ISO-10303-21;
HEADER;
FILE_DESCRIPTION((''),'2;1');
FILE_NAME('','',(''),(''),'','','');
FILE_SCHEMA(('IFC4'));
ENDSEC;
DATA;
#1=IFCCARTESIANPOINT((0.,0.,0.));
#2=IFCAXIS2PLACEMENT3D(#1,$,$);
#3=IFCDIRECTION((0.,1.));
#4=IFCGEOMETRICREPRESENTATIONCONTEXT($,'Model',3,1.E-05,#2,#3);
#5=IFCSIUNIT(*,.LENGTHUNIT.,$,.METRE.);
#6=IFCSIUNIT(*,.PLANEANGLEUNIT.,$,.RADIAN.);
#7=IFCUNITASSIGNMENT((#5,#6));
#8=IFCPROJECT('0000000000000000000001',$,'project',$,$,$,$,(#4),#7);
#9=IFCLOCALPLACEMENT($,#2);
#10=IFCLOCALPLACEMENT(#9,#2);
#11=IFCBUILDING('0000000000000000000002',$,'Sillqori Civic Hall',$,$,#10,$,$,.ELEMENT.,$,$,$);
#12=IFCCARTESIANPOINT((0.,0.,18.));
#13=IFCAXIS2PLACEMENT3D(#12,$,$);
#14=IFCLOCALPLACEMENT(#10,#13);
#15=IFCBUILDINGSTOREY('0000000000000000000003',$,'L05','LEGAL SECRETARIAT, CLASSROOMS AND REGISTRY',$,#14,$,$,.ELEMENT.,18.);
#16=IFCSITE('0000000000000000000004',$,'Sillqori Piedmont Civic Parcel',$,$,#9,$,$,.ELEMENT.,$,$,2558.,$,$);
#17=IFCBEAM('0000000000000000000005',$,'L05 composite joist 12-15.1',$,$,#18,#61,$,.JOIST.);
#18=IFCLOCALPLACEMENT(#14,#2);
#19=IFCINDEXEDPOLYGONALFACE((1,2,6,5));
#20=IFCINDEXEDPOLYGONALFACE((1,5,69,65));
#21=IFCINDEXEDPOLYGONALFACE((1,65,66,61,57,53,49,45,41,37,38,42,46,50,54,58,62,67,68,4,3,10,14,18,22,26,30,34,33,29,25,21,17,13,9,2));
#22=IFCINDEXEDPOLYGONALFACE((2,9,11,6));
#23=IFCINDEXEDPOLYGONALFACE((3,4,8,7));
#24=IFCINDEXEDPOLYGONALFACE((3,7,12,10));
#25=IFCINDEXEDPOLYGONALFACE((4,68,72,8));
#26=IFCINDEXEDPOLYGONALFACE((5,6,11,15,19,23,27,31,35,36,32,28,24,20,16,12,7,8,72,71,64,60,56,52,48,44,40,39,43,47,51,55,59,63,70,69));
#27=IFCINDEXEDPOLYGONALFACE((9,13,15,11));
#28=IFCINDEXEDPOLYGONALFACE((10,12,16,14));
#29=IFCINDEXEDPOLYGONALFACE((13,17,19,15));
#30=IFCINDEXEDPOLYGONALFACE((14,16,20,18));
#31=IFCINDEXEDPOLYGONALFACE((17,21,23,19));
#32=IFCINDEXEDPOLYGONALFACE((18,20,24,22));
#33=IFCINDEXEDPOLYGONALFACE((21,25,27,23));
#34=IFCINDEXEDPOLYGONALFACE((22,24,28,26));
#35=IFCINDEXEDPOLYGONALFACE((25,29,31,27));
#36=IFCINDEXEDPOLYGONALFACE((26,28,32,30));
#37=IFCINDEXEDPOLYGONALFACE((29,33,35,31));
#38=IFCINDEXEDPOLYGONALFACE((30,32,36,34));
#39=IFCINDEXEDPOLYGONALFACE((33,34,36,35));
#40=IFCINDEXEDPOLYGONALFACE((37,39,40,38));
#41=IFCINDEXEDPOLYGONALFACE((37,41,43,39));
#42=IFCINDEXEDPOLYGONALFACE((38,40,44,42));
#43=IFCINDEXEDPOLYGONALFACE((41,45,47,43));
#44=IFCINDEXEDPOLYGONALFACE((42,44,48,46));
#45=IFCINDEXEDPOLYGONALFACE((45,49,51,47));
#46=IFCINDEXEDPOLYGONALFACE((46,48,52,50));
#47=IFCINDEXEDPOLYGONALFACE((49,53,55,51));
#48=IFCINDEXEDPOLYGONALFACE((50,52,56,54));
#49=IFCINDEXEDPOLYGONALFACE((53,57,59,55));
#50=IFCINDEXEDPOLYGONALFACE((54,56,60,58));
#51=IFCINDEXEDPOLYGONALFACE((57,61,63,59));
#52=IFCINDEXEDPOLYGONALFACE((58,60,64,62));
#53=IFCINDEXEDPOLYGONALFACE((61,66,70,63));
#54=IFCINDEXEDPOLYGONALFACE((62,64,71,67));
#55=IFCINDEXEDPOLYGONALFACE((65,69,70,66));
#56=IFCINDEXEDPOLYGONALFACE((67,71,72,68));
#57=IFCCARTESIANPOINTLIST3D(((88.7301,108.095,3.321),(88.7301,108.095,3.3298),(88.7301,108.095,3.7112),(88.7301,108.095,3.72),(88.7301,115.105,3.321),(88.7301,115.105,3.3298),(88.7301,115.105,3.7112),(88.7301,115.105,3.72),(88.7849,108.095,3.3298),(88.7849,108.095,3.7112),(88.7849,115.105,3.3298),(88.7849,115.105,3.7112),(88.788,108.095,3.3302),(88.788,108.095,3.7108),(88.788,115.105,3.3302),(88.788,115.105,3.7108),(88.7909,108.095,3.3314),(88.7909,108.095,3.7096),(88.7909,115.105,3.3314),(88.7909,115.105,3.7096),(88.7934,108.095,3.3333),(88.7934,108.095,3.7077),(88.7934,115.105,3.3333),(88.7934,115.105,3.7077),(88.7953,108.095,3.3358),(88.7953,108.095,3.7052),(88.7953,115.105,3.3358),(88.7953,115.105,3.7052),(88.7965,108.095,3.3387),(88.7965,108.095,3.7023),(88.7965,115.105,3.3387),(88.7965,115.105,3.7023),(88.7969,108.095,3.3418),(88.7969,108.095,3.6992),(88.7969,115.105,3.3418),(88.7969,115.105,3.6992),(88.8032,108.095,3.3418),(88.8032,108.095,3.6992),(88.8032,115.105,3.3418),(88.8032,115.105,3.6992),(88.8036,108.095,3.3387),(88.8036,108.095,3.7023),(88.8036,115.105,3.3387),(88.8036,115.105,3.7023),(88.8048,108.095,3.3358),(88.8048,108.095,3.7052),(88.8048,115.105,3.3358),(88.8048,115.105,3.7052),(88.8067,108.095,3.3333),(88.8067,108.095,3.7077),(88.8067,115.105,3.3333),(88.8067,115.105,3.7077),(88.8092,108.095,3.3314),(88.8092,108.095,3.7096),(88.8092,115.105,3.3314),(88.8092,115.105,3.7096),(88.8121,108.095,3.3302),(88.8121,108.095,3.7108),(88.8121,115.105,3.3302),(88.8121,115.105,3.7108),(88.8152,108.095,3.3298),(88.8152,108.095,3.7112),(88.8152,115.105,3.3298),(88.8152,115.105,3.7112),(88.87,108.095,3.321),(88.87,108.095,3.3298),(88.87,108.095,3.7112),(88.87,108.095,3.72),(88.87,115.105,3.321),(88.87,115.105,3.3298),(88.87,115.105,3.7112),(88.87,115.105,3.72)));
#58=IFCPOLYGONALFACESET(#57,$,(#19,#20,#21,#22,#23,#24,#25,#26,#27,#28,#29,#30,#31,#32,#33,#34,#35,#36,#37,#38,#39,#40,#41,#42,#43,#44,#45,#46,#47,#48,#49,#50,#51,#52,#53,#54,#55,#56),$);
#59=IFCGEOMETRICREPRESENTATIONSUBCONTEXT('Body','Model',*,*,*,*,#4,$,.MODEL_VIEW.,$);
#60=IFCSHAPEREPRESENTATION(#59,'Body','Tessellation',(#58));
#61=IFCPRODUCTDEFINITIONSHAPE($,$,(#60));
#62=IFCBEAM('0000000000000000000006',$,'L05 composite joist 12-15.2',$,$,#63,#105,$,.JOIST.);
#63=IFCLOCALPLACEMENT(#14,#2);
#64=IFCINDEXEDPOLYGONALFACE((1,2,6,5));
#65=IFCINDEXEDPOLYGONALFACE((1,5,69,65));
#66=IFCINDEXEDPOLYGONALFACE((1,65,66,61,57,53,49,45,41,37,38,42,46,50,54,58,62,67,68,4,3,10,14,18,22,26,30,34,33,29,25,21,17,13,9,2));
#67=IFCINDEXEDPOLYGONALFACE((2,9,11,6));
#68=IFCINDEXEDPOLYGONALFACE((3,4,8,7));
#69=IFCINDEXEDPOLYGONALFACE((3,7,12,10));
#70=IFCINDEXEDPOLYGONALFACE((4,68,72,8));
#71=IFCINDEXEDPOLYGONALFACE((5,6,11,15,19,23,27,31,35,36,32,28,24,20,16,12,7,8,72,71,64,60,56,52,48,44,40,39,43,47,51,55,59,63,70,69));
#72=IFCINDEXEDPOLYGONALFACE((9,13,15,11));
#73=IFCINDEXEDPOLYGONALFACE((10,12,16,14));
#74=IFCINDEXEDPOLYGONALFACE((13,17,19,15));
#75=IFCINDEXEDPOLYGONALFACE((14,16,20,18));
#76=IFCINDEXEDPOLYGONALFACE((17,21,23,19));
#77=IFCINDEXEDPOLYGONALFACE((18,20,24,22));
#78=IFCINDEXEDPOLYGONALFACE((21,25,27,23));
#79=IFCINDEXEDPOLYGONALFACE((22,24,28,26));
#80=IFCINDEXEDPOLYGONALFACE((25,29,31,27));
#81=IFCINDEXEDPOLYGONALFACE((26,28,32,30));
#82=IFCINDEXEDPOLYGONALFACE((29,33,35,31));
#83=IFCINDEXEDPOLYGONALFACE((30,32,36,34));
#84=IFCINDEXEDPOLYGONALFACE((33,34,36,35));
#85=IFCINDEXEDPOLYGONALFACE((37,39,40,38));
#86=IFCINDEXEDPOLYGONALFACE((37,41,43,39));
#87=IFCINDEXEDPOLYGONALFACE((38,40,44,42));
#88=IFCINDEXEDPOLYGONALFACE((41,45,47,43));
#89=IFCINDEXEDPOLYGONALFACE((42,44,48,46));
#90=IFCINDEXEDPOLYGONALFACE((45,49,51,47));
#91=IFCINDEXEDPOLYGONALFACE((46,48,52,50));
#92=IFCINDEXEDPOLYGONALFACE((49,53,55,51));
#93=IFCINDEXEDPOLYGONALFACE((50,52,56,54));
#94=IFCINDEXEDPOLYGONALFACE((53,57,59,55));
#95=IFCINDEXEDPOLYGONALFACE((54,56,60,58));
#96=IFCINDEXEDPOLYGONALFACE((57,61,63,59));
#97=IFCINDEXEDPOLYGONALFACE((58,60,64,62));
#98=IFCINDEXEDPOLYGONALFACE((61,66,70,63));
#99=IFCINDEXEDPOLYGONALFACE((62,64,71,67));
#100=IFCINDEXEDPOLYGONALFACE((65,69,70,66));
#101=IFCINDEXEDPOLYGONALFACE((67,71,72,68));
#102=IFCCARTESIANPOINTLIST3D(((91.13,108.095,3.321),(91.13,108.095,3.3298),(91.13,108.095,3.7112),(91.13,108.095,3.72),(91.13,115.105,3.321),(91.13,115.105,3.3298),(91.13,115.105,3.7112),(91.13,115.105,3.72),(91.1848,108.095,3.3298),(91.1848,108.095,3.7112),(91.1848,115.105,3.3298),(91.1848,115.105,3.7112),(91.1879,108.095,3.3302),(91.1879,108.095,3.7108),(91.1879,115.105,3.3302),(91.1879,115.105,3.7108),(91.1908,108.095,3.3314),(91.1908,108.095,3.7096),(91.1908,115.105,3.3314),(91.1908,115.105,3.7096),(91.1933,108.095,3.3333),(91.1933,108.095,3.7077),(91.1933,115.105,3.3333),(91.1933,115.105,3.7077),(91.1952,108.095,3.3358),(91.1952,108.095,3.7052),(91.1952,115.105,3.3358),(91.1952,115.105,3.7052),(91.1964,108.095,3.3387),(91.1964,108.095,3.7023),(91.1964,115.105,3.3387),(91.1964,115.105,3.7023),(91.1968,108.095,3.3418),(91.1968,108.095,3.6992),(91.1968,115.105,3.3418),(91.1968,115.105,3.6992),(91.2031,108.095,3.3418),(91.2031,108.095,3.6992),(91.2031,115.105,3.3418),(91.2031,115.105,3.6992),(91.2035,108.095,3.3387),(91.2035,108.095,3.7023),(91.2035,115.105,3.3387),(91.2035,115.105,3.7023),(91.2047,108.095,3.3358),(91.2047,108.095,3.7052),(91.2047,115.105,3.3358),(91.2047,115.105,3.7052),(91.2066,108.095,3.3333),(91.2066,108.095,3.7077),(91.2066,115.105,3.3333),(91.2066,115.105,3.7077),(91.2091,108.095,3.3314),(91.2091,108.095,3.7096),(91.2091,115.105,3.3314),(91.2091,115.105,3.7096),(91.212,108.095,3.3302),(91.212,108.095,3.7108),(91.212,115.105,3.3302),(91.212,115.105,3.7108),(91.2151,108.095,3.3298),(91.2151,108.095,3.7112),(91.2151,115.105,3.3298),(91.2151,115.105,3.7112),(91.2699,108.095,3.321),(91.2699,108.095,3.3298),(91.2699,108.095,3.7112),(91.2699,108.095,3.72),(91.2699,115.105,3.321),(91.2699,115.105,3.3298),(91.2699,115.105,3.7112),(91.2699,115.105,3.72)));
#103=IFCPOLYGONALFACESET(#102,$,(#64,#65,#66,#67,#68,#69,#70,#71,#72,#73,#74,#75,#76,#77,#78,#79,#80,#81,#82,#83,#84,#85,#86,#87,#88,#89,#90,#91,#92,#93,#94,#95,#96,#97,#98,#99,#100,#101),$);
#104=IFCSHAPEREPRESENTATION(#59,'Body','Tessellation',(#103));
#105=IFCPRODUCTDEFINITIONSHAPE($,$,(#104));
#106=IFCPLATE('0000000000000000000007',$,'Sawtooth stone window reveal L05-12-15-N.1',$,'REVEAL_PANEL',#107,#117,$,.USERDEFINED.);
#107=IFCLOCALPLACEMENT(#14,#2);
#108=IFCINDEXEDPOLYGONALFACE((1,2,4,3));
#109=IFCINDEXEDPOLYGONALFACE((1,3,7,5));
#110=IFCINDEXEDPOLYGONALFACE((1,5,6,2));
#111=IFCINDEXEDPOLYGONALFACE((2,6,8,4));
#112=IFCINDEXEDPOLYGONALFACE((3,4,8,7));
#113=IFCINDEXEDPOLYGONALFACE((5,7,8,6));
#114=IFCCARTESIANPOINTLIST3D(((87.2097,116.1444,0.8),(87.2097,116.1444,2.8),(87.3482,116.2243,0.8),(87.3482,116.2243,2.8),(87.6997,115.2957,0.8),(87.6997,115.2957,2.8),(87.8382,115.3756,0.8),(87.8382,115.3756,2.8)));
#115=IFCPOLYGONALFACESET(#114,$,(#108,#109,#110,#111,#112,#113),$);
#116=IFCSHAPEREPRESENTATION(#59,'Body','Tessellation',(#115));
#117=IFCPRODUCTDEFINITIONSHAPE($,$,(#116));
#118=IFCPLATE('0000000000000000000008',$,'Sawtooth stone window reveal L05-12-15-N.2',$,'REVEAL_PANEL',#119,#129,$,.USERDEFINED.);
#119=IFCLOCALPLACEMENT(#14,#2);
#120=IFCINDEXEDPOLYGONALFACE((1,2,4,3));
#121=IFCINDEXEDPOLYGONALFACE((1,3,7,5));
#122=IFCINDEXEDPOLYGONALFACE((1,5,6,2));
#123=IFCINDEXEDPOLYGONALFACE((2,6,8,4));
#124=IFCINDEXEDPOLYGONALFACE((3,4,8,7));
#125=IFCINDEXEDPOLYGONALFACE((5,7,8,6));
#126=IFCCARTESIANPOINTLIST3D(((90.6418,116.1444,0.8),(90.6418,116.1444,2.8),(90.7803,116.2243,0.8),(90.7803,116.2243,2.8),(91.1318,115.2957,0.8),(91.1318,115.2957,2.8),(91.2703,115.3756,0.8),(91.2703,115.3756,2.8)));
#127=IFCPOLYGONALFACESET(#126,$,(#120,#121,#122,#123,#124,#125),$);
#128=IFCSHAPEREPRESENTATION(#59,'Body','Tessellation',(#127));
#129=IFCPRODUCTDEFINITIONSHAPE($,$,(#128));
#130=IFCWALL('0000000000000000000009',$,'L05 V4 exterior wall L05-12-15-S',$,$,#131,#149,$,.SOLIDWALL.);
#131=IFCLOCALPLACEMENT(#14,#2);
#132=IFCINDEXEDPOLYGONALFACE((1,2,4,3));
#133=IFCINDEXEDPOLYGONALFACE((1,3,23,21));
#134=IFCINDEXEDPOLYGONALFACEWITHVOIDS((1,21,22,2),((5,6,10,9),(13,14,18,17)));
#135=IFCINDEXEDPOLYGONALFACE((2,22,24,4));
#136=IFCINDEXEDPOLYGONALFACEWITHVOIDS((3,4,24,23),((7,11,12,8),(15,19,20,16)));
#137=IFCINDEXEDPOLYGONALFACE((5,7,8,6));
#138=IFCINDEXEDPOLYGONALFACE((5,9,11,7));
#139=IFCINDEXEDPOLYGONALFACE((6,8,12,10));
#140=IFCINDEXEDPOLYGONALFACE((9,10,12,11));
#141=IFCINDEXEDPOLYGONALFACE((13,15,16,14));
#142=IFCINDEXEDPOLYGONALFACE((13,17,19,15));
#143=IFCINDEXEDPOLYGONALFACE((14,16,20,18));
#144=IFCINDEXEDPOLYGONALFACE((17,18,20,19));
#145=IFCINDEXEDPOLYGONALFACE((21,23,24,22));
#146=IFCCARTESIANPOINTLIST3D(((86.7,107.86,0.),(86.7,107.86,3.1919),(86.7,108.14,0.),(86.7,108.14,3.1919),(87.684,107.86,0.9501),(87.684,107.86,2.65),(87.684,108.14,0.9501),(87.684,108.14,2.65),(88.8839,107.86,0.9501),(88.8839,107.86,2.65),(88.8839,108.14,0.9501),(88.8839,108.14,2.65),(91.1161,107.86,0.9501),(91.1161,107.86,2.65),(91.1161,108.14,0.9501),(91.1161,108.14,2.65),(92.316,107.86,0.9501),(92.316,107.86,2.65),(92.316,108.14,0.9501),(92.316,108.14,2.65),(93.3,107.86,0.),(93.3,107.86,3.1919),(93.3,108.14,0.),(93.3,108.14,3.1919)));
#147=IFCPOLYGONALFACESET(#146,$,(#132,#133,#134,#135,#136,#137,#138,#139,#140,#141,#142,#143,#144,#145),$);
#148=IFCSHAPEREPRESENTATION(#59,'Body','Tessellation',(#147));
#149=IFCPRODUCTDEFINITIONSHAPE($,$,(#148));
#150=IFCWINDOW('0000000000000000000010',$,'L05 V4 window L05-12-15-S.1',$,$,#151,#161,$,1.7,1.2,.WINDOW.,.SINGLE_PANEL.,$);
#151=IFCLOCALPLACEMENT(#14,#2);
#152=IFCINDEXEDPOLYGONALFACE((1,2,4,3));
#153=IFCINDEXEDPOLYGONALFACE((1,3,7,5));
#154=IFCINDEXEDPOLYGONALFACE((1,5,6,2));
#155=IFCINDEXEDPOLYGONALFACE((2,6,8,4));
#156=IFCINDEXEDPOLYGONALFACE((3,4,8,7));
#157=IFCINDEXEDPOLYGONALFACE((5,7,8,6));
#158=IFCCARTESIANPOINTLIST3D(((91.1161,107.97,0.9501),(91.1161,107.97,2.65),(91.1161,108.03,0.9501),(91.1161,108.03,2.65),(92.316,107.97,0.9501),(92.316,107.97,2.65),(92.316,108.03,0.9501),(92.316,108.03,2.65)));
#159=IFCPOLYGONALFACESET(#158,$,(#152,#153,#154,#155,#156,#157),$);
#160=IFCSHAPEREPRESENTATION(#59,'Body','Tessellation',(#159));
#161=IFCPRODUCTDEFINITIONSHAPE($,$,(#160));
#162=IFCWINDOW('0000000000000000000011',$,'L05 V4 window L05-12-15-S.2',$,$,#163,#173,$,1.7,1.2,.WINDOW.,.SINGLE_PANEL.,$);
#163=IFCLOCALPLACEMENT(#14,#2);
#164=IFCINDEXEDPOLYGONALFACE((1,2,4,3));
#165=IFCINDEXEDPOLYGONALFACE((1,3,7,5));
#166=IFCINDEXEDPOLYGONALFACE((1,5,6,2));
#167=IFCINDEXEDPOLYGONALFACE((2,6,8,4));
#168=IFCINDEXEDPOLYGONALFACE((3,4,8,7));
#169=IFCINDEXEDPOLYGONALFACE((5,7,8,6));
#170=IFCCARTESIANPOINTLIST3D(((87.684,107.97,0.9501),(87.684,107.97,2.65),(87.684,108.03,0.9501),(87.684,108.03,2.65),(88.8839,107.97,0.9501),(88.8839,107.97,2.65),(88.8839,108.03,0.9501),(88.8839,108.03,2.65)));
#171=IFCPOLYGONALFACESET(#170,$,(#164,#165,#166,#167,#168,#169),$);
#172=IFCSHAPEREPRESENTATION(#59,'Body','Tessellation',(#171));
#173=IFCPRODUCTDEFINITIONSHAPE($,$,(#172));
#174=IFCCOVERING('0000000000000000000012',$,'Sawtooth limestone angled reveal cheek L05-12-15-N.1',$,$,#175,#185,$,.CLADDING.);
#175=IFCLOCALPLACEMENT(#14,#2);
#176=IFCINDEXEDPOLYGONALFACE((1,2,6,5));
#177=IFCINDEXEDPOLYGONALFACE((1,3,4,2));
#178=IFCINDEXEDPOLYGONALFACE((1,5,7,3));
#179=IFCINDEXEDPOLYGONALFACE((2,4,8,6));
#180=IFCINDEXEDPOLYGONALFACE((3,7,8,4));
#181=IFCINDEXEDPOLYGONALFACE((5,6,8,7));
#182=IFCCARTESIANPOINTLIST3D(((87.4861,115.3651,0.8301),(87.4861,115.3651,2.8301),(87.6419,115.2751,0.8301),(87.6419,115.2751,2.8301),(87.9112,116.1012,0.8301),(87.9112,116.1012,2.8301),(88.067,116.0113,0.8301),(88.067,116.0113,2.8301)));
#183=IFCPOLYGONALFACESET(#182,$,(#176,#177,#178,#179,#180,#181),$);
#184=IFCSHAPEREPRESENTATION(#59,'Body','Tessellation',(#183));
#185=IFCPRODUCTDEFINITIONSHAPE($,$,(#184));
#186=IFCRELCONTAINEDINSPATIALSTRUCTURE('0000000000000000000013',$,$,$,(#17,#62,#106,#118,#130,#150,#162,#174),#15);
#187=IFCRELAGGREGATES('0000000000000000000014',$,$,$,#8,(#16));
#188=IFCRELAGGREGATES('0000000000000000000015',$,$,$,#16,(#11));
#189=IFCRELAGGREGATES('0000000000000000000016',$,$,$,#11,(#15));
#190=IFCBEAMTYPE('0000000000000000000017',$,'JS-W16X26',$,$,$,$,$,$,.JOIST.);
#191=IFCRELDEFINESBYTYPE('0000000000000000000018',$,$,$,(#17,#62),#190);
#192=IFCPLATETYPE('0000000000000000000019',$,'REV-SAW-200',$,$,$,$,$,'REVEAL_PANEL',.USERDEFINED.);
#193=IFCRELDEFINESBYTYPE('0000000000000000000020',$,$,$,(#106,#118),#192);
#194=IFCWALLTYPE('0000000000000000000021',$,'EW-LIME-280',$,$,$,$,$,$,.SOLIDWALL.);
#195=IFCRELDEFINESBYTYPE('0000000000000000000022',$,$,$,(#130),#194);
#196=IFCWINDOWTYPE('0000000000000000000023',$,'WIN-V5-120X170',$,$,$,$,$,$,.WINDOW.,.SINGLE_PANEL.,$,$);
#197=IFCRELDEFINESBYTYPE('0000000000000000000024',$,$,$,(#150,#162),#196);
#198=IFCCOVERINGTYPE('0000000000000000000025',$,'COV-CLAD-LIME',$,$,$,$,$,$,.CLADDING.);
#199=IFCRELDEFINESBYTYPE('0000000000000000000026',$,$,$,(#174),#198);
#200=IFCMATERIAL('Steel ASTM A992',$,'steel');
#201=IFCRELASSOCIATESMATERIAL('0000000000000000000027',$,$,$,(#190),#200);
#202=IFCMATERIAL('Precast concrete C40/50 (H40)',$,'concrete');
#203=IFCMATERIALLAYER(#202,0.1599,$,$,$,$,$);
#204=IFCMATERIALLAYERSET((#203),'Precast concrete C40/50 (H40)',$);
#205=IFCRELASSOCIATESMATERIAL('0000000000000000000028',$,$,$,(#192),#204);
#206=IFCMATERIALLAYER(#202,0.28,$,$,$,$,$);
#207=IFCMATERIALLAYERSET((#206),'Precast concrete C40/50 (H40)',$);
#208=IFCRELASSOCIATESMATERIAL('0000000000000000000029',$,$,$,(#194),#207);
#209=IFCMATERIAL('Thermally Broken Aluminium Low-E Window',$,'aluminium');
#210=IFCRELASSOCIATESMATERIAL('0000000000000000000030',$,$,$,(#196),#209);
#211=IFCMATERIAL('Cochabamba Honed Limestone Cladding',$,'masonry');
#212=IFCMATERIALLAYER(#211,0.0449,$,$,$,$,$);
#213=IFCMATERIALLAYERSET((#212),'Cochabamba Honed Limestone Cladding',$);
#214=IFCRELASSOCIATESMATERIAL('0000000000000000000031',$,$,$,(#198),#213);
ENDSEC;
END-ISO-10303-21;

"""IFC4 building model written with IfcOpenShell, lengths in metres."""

from ifc_helpers import new_model, si_unit, direction, frame, frame_2d, origin, origin_2d, place, context, subcontext, project, spatial, rectangle, i_section, extrude, material, layer, layer_set, material_profile, profile_set, type_object, element, fill, save


model = new_model("IFC4")

# Units and contexts
model_context = context("Model", 3, precision=1e-05, world=origin(), true_north=direction((0.0, 1.0)))
body_context = subcontext(model_context, "Body", "Model", "MODEL_VIEW")
ifc_project = project(units=[si_unit("LENGTHUNIT", "METRE"), si_unit("PLANEANGLEUNIT", "RADIAN")], contexts=[model_context])

# Site, building, storey
site_placement = place(None, origin())
site = spatial("IfcSite", under=ifc_project, at=site_placement, Name="Sillqori Piedmont Civic Parcel", CompositionType="ELEMENT", RefElevation=2558.0)
building_placement = place(site_placement, origin())
building = spatial("IfcBuilding", under=site, at=building_placement, Name="Sillqori Civic Hall", CompositionType="ELEMENT")
storey_placement = place(building_placement, frame((0.0, 0.0, 18.0)))
storey = spatial("IfcBuildingStorey", under=building, at=storey_placement, Name="L05", Description="LEGAL SECRETARIAT, CLASSROOMS AND REGISTRY", CompositionType="ELEMENT", Elevation=18.0)

# Beams
ifc_material_1 = material(Name="Steel ASTM A992", Category="steel")
ifc_material_profile = material_profile(ifc_material_1, i_section(OverallWidth=0.1399, OverallDepth=0.3989, WebThickness=0.0063, FlangeThickness=0.0088, FilletRadius=0.012, at=origin_2d()), Name="W16X26")
ifc_profile_set = profile_set([ifc_material_profile], Name="Steel ASTM A992")
beam_type = type_object("IfcBeamType", Name="JS-W16X26", PredefinedType="JOIST", material=ifc_profile_set)
for number, where, z_axis, x_axis, name in (
    (1, (88.8, 108.095, 3.5205), (0.0, 1.0, 0.0), (-1.0, 0.0, 0.0), "L05 composite joist 12-15.1"),
    (2, (91.2, 108.095, 3.5205), (0.0, 1.0, 0.0), (-1.0, 0.0, 0.0), "L05 composite joist 12-15.2"),
):
    element("IfcBeam", number, at=place(storey_placement, frame(where, z_axis=z_axis, x_axis=x_axis)), inside=storey, type_object=beam_type, Name=name, PredefinedType="JOIST", context=body_context, shape_type="SweptSolid", body=[
        extrude(i_section(OverallWidth=0.1399, OverallDepth=0.3989, WebThickness=0.0063, FlangeThickness=0.0088, FilletRadius=0.012, at=origin_2d()), origin(), (0.0, 0.0, 1.0), 7.01),
    ])

# Plates
ifc_material_2 = material(Name="Precast concrete C40/50 (H40)", Category="concrete")
ifc_layer_1 = layer(ifc_material_2, 0.1599)
ifc_layer_set_1 = layer_set([ifc_layer_1], Name="Precast concrete C40/50 (H40)")
plate_type = type_object("IfcPlateType", Name="REV-SAW-200", ElementType="REVEAL_PANEL", PredefinedType="USERDEFINED", material=ifc_layer_set_1)
for number, where, z_axis, x_axis, name in (
    (3, (87.5239, 115.76, 0.8), (0.0, 0.0, 1.0), (0.866025, 0.5, 0.0), "Sawtooth stone window reveal L05-12-15-N.1"),
    (4, (90.9561, 115.76, 0.8), (0.0, 0.0, 1.0), (0.866025, 0.5, 0.0), "Sawtooth stone window reveal L05-12-15-N.2"),
):
    element("IfcPlate", number, at=place(storey_placement, frame(where, z_axis=z_axis, x_axis=x_axis)), inside=storey, type_object=plate_type, Name=name, ObjectType="REVEAL_PANEL", PredefinedType="USERDEFINED", context=body_context, shape_type="SweptSolid", body=[
        extrude(rectangle(XDim=0.1599, YDim=0.98, at=origin_2d()), origin(), (0.0, 0.0, 1.0), 2.0),
    ])

# Wall, openings, windows
ifc_layer_2 = layer(ifc_material_2, 0.28)
ifc_layer_set_2 = layer_set([ifc_layer_2], Name="Precast concrete C40/50 (H40)")
wall_type = type_object("IfcWallType", Name="EW-LIME-280", PredefinedType="SOLIDWALL", material=ifc_layer_set_2)
wall_placement = place(storey_placement, frame((93.3, 108.0, 0.0), z_axis=(0.0, 0.0, 1.0), x_axis=(-1.0, 0.0, 0.0)))
wall = element("IfcWall", 5, at=wall_placement, inside=storey, type_object=wall_type, Name="L05 V4 exterior wall L05-12-15-S", PredefinedType="SOLIDWALL", context=body_context, shape_type="SweptSolid", body=[
    extrude(rectangle(XDim=6.6001, YDim=0.28, at=frame_2d((3.3, 0.0))), origin(), (0.0, 0.0, 1.0), 3.1919),
])
opening_1_placement = place(wall_placement, frame((0.9839, 0.0, 0.95)))
opening_1 = element("IfcOpeningElement", 6, at=opening_1_placement, cuts=wall, PredefinedType="OPENING", context=body_context, shape_type="SweptSolid", body=[
    extrude(rectangle(XDim=1.2, YDim=1.7, at=frame_2d((0.6001, 0.8501))), frame((0.0, 0.1499, 0.0), z_axis=(0.0, -1.0, 0.0), x_axis=(1.0, 0.0, 0.0)), (0.0, 0.0, 1.0), 0.3),
])
opening_2_placement = place(wall_placement, frame((4.416, 0.0, 0.95)))
opening_2 = element("IfcOpeningElement", 7, at=opening_2_placement, cuts=wall, PredefinedType="OPENING", context=body_context, shape_type="SweptSolid", body=[
    extrude(rectangle(XDim=1.2, YDim=1.7, at=frame_2d((0.6001, 0.8501))), frame((0.0, 0.1499, 0.0), z_axis=(0.0, -1.0, 0.0), x_axis=(1.0, 0.0, 0.0)), (0.0, 0.0, 1.0), 0.3),
])
ifc_material_3 = material(Name="Thermally Broken Aluminium Low-E Window", Category="aluminium")
window_type = type_object("IfcWindowType", Name="WIN-V5-120X170", PartitioningType="SINGLE_PANEL", PredefinedType="WINDOW", material=ifc_material_3)
window_1_placement = place(opening_1_placement, origin())
window_1 = element("IfcWindow", 8, at=window_1_placement, inside=storey, type_object=window_type, Name="L05 V4 window L05-12-15-S.1", OverallHeight=1.7, OverallWidth=1.2, PartitioningType="SINGLE_PANEL", PredefinedType="WINDOW", context=body_context, shape_type="SweptSolid", body=[
    extrude(rectangle(XDim=1.2, YDim=1.7, at=frame_2d((0.6001, 0.8501))), frame((0.0, 0.03, 0.0), z_axis=(0.0, -1.0, 0.0), x_axis=(1.0, 0.0, 0.0)), (0.0, 0.0, 1.0), 0.0601),
])
fill(opening_1, window_1)
window_2_placement = place(opening_2_placement, origin())
window_2 = element("IfcWindow", 9, at=window_2_placement, inside=storey, type_object=window_type, Name="L05 V4 window L05-12-15-S.2", OverallHeight=1.7, OverallWidth=1.2, PartitioningType="SINGLE_PANEL", PredefinedType="WINDOW", context=body_context, shape_type="SweptSolid", body=[
    extrude(rectangle(XDim=1.2, YDim=1.7, at=frame_2d((0.6001, 0.8501))), frame((0.0, 0.03, 0.0), z_axis=(0.0, -1.0, 0.0), x_axis=(1.0, 0.0, 0.0)), (0.0, 0.0, 1.0), 0.0601),
])
fill(opening_2, window_2)

# Covering
ifc_material_4 = material(Name="Cochabamba Honed Limestone Cladding", Category="masonry")
ifc_layer_3 = layer(ifc_material_4, 0.0449)
ifc_layer_set_3 = layer_set([ifc_layer_3], Name="Cochabamba Honed Limestone Cladding")
covering_type = type_object("IfcCoveringType", Name="COV-CLAD-LIME", PredefinedType="CLADDING", material=ifc_layer_set_3)
covering_1_placement = place(storey_placement, frame((87.564, 115.3201, 0.8301), z_axis=(0.0, 0.0, 1.0), x_axis=(0.500062, 0.865989, 0.0)))
element("IfcCovering", 10, at=covering_1_placement, inside=storey, type_object=covering_type, Name="Sawtooth limestone angled reveal cheek L05-12-15-N.1", PredefinedType="CLADDING", context=body_context, shape_type="SweptSolid", body=[
    extrude(rectangle(XDim=0.8501, YDim=0.1799, at=frame_2d((0.425, 0.0))), origin(), (0.0, 0.0, 1.0), 2.0),
])

save(model, "model.ifc")
